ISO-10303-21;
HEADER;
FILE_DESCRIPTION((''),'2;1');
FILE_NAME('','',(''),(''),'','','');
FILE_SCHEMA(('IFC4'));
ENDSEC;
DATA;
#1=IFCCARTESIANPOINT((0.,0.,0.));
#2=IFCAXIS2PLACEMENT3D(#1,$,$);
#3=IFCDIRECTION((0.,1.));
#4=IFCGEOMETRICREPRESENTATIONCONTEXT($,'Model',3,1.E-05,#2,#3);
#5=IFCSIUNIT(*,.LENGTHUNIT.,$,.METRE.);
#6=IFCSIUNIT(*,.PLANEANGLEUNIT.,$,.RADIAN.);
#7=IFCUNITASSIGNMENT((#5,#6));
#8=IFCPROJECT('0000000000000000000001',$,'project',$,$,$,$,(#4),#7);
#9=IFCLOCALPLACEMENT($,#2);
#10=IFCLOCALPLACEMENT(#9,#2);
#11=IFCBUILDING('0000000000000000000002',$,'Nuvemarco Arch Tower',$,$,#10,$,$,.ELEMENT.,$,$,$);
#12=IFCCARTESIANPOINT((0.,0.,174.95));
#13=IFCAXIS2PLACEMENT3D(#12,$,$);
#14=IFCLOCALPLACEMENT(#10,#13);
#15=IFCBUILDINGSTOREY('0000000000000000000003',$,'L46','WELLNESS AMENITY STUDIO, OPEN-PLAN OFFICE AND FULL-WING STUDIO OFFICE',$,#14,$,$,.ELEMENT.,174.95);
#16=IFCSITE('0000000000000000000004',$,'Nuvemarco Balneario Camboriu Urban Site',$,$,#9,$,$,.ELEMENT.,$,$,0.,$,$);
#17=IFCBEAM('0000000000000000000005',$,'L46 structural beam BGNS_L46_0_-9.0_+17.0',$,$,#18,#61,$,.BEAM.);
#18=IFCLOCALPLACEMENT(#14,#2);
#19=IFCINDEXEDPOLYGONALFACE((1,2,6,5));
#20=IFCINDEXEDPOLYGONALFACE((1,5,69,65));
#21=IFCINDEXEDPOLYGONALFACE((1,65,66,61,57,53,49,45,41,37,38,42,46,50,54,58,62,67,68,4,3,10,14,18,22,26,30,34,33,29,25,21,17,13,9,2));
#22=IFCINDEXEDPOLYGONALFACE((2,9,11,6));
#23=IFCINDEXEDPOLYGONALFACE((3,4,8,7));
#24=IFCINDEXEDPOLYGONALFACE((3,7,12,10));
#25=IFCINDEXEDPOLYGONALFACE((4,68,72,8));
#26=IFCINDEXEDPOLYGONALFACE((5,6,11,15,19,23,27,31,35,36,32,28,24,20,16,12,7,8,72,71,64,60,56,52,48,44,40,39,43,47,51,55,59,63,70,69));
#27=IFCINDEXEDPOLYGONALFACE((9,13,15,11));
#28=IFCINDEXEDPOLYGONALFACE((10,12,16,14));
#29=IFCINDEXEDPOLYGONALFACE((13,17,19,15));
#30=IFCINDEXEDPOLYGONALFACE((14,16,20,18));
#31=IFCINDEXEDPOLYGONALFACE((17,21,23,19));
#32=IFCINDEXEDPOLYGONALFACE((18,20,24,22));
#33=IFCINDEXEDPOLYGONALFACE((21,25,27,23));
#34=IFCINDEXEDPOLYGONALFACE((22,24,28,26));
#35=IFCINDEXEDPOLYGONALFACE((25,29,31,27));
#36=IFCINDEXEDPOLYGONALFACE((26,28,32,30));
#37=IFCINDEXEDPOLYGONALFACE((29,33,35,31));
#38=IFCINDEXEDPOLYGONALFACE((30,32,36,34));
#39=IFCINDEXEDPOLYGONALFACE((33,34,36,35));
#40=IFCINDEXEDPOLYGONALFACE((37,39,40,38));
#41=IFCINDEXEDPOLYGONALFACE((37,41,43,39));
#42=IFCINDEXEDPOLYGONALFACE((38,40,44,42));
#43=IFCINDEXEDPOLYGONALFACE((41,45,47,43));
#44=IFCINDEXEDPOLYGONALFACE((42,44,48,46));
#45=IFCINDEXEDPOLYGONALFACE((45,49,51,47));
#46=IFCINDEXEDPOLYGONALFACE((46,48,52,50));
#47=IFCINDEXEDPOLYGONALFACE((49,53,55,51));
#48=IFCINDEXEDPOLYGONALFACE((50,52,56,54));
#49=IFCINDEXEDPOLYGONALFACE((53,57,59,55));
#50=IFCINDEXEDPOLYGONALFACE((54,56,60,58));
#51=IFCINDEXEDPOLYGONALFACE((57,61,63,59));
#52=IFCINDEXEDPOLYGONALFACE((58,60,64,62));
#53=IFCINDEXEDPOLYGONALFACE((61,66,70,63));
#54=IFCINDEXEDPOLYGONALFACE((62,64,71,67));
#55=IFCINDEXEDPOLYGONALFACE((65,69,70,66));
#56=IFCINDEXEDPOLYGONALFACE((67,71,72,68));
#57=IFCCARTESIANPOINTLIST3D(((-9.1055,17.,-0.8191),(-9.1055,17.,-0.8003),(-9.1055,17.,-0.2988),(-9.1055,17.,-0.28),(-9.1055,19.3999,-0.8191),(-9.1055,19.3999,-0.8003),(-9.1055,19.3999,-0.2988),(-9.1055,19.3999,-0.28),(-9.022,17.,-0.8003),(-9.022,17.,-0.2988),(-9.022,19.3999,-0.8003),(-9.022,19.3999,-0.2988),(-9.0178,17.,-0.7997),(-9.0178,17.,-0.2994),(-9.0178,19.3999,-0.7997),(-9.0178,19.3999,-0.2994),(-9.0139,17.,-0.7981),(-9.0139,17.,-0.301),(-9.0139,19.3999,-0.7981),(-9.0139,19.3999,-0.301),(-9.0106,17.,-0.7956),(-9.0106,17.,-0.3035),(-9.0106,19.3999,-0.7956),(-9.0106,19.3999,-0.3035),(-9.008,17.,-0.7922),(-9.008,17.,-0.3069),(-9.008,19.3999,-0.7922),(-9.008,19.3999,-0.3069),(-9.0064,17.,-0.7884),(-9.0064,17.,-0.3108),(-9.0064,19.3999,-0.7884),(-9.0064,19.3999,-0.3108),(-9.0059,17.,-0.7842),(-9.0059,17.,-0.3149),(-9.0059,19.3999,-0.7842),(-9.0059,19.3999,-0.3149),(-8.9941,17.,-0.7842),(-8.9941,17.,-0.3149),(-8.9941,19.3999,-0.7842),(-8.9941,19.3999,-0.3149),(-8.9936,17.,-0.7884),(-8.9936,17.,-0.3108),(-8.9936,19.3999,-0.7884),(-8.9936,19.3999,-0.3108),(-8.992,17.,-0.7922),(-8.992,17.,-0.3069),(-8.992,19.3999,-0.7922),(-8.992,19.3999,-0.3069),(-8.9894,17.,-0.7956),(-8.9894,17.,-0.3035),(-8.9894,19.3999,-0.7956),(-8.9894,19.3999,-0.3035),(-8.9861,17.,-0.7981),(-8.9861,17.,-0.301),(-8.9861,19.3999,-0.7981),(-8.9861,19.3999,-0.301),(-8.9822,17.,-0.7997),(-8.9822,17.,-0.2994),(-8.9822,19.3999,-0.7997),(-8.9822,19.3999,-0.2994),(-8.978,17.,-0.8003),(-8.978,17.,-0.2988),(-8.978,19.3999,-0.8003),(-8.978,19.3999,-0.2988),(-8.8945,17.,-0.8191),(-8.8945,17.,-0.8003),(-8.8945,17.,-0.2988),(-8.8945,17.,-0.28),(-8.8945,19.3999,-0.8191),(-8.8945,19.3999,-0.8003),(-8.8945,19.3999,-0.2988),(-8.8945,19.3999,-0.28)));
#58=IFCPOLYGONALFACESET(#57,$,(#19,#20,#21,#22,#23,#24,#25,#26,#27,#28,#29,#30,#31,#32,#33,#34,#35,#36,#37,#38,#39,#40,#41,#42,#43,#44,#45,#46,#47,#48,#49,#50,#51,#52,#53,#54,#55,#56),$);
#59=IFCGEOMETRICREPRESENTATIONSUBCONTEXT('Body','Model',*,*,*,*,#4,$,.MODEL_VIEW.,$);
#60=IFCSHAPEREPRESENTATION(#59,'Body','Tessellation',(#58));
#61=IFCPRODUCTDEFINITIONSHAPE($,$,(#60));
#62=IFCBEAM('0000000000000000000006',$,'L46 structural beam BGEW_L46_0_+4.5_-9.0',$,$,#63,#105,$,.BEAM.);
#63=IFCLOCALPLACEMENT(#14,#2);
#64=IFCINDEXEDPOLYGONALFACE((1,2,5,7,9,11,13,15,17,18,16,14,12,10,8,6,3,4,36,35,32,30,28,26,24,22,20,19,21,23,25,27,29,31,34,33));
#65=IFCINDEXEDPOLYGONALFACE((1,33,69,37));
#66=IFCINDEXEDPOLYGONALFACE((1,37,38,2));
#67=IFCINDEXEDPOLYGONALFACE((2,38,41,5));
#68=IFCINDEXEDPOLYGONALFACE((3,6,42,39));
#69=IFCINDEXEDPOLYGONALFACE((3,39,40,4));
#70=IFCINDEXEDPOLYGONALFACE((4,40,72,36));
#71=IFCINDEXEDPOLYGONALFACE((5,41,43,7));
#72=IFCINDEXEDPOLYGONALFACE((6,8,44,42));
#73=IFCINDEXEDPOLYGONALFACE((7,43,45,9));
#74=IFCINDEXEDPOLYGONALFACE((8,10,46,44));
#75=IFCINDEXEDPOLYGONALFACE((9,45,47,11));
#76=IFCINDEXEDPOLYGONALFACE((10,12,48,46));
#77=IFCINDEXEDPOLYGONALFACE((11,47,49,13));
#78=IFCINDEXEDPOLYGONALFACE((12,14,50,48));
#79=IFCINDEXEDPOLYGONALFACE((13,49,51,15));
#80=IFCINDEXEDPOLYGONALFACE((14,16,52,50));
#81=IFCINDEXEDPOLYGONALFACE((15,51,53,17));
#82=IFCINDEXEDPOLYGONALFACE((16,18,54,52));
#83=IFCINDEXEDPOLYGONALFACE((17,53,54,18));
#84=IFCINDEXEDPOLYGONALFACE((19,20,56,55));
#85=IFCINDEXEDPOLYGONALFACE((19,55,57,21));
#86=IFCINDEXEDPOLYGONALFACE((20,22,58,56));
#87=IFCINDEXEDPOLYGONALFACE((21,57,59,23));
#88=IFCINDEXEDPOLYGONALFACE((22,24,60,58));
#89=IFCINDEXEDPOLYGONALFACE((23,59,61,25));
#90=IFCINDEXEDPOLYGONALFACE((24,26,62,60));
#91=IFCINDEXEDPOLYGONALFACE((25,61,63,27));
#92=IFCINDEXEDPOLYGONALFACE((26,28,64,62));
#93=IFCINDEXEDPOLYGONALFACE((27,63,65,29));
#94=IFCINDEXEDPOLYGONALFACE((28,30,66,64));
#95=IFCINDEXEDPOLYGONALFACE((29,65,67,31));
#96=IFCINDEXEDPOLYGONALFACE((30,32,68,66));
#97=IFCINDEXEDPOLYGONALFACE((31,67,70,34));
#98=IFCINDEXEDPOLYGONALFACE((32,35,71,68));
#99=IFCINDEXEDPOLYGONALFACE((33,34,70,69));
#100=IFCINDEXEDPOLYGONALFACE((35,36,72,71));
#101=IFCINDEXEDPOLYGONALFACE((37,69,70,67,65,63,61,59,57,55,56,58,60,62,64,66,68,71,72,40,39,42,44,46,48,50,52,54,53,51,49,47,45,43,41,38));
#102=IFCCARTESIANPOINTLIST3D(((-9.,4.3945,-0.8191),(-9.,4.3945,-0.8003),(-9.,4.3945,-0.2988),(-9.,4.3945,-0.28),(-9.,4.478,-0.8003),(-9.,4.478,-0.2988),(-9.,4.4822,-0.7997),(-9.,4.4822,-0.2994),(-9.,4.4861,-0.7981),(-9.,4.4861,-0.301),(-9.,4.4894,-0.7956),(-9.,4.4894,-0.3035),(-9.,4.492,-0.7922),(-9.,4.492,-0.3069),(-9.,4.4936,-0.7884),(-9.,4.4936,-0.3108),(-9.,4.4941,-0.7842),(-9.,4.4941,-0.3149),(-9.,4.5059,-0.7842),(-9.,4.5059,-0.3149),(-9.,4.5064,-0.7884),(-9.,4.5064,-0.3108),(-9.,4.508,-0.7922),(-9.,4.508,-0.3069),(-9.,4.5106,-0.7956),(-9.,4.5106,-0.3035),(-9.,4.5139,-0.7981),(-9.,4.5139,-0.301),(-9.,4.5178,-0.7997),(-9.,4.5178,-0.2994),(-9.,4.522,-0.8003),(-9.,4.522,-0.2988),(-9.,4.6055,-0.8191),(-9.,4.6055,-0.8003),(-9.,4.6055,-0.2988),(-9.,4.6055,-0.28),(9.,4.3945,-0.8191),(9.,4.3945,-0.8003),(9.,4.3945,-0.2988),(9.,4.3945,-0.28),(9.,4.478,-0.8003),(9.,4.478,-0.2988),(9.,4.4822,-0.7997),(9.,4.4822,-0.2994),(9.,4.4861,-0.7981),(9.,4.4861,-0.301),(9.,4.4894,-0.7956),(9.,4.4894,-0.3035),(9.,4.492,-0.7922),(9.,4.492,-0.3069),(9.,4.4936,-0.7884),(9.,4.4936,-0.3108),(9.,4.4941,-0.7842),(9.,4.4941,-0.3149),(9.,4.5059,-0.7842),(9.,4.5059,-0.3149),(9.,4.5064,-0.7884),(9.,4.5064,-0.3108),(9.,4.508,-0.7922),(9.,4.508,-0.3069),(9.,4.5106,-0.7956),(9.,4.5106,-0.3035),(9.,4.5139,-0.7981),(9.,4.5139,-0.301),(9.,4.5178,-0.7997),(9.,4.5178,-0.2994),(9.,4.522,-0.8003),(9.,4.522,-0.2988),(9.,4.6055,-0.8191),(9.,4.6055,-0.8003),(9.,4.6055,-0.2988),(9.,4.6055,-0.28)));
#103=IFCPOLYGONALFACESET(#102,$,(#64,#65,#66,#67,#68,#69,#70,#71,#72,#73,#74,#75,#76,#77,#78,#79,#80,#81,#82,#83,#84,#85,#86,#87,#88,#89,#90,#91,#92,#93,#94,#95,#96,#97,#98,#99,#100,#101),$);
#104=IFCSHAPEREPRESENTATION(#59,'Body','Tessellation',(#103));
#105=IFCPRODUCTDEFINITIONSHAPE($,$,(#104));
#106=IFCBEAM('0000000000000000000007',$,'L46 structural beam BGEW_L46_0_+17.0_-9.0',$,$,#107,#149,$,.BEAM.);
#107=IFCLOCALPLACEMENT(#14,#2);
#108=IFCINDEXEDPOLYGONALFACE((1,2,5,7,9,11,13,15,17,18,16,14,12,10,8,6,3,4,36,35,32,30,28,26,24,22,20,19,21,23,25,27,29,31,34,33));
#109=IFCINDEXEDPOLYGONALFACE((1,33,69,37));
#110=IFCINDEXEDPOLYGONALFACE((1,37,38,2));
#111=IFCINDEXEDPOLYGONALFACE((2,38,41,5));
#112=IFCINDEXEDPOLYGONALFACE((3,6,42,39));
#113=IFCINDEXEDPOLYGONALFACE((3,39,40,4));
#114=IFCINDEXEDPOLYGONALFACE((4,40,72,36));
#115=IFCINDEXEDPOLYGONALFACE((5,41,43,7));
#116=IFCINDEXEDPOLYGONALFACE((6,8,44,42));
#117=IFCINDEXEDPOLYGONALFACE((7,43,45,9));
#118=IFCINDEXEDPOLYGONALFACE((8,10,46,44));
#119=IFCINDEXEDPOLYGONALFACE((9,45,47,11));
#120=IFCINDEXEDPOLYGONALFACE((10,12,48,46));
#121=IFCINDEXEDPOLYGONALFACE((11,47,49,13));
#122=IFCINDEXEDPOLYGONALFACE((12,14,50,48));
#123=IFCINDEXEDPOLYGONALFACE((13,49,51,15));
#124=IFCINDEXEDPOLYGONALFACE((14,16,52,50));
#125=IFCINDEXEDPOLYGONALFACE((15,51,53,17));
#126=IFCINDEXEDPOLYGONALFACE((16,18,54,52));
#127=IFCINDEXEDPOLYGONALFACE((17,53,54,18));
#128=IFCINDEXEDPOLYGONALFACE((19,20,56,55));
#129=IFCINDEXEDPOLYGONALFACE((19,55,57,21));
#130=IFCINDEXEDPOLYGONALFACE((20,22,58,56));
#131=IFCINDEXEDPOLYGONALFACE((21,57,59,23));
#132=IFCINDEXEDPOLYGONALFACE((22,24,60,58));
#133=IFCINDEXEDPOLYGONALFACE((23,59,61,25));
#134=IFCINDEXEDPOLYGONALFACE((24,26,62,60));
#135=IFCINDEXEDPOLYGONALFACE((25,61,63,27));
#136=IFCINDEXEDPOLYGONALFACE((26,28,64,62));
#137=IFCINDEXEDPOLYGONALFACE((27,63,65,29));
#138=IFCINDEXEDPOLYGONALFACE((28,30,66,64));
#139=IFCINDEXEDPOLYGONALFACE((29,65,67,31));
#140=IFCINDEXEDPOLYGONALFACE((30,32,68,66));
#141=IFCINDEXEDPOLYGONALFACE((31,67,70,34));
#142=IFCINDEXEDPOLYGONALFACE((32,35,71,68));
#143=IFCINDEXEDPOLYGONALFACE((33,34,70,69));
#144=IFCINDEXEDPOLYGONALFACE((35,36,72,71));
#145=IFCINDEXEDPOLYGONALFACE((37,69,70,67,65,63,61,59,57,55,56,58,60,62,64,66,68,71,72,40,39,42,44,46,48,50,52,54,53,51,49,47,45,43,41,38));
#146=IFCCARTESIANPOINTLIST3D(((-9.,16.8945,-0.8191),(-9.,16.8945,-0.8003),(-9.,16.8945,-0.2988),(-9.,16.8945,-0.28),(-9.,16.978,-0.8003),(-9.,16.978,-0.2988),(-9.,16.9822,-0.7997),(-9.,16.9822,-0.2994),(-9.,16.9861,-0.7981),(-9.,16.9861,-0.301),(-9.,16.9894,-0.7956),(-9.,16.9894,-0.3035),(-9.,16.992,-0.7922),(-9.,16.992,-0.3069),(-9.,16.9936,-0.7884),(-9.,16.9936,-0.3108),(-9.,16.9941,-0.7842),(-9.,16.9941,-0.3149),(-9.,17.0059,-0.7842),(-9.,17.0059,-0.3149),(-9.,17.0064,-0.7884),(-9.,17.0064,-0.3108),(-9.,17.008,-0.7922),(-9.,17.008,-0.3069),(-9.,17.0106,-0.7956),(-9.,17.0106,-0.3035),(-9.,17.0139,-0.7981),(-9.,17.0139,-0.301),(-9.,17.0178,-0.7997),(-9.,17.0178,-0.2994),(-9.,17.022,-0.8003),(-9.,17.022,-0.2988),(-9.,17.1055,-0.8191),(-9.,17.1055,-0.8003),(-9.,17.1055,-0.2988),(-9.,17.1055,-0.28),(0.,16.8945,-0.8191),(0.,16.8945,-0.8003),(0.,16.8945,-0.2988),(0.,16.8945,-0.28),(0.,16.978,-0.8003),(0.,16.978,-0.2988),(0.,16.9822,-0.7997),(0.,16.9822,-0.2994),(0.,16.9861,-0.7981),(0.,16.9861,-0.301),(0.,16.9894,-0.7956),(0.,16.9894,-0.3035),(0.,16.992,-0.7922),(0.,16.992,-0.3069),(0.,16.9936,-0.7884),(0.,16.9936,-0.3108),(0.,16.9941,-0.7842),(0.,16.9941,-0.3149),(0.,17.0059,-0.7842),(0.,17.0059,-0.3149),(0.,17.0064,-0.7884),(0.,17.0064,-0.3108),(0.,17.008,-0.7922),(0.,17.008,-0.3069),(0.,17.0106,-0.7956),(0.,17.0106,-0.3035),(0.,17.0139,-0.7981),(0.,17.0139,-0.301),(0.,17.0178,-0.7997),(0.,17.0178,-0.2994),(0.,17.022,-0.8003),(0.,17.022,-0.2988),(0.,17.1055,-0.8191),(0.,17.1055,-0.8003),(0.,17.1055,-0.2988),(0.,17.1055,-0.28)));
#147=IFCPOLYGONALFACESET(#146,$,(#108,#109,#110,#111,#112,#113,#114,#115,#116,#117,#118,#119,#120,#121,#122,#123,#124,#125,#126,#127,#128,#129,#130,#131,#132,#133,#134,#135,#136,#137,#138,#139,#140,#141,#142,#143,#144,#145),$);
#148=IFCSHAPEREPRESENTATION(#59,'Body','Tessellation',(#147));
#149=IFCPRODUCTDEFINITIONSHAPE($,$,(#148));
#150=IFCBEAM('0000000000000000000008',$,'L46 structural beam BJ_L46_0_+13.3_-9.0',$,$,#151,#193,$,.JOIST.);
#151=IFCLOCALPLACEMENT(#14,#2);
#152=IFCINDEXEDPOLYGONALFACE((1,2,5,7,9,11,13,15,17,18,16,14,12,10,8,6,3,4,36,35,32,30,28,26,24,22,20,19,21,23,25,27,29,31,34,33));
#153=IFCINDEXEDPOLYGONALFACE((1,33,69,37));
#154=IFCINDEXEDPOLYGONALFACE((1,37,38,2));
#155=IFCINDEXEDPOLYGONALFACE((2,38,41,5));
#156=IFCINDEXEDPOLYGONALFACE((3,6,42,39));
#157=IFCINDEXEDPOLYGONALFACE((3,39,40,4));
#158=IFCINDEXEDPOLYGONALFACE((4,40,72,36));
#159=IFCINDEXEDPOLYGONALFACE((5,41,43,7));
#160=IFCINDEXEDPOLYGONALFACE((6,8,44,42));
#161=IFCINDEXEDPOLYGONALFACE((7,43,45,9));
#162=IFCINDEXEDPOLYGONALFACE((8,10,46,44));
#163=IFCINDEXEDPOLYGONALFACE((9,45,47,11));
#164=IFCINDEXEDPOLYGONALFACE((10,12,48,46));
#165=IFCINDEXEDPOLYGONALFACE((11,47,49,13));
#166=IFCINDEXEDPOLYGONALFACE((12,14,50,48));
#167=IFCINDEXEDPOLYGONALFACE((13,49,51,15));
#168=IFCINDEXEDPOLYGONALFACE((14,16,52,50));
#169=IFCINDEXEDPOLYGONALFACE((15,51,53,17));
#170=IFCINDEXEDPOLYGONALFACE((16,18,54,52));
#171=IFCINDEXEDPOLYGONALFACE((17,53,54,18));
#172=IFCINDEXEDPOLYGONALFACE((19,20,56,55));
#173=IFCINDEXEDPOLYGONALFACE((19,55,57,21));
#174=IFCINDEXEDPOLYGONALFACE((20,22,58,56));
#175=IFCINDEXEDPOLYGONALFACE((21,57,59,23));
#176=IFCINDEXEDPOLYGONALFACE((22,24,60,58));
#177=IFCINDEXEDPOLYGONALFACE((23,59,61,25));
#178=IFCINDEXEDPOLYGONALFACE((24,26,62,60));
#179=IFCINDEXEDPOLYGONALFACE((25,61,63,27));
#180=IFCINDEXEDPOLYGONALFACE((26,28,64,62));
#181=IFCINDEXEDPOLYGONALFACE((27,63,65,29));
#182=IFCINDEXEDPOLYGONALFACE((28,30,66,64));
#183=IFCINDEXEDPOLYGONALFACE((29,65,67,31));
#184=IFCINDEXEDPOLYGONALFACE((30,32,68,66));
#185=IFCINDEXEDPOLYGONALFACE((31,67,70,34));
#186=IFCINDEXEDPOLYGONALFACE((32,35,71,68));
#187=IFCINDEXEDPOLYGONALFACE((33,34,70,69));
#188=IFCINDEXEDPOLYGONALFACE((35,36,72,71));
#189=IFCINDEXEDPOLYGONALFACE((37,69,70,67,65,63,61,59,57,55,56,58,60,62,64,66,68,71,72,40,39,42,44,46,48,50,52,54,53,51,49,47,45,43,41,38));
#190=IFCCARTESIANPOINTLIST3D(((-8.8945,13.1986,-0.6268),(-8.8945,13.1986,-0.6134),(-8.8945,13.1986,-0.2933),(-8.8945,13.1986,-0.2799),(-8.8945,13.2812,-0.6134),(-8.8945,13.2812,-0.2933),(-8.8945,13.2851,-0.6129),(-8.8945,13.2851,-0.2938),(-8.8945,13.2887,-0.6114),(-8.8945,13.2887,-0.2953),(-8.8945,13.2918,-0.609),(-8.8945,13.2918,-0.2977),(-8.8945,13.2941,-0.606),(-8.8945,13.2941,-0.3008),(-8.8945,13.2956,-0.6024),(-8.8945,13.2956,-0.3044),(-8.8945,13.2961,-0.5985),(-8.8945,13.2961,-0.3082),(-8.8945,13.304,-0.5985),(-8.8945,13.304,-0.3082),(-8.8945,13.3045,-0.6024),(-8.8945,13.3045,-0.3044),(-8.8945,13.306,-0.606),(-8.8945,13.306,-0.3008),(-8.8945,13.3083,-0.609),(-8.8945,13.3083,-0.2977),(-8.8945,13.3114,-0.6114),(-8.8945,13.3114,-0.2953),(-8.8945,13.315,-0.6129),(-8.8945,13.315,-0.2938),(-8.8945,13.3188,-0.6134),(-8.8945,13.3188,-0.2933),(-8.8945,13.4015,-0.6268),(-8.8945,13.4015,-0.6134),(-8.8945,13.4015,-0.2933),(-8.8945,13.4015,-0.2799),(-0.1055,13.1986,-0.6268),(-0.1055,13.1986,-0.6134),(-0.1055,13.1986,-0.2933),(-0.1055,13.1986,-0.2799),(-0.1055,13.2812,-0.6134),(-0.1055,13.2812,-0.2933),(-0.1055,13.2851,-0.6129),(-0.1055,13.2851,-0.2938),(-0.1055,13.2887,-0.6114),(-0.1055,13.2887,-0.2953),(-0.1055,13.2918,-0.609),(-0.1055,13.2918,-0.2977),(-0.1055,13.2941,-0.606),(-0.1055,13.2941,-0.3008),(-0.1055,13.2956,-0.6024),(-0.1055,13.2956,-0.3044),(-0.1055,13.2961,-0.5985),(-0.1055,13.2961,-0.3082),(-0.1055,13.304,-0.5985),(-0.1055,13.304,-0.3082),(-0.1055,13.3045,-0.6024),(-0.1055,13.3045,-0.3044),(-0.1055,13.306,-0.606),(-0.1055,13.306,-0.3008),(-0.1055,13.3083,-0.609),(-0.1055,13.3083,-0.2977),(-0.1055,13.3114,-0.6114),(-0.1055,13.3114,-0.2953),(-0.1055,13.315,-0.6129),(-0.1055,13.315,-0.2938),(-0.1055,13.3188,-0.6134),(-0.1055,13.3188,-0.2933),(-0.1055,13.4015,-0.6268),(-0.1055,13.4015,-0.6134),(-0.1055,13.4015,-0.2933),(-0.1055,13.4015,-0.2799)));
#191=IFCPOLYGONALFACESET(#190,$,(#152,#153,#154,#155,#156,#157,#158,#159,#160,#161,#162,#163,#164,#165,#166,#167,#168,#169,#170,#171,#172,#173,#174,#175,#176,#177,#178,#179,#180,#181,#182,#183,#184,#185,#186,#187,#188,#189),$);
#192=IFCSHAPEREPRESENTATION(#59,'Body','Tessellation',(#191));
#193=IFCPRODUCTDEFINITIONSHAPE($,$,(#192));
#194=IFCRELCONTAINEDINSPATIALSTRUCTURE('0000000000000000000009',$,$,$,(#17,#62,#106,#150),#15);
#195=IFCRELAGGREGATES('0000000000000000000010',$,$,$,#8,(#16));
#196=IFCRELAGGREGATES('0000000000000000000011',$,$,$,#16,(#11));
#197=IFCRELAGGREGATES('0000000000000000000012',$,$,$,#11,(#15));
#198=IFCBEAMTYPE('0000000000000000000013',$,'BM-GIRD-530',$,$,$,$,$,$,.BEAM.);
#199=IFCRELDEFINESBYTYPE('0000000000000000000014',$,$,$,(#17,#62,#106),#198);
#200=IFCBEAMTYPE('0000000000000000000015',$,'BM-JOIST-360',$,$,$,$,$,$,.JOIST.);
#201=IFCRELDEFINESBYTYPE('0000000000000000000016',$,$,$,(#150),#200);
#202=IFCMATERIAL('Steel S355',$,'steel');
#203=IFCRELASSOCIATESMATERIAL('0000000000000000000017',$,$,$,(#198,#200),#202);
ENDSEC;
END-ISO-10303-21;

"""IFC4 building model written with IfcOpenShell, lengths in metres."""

from ifc_helpers import new_model, si_unit, direction, frame, origin, origin_2d, place, context, subcontext, project, spatial, i_section, extrude, material, material_profile, profile_set, type_object, element, save


model = new_model("IFC4")

# Units and contexts
model_context = context("Model", 3, precision=1e-05, world=origin(), true_north=direction((0.0, 1.0)))
body_context = subcontext(model_context, "Body", "Model", "MODEL_VIEW")
ifc_project = project(units=[si_unit("LENGTHUNIT", "METRE"), si_unit("PLANEANGLEUNIT", "RADIAN")], contexts=[model_context])

# Site, building, storey
site_placement = place(None, origin())
site = spatial("IfcSite", under=ifc_project, at=site_placement, Name="Nuvemarco Balneario Camboriu Urban Site", CompositionType="ELEMENT", RefElevation=0.0)
building_placement = place(site_placement, origin())
building = spatial("IfcBuilding", under=site, at=building_placement, Name="Nuvemarco Arch Tower", CompositionType="ELEMENT")
storey_placement = place(building_placement, frame((0.0, 0.0, 174.95)))
storey = spatial("IfcBuildingStorey", under=building, at=storey_placement, Name="L46", Description="WELLNESS AMENITY STUDIO, OPEN-PLAN OFFICE AND FULL-WING STUDIO OFFICE", CompositionType="ELEMENT", Elevation=174.95)

# Shared definitions
ifc_material_1 = material(Name="Steel S355", Category="steel")

# Beams
ifc_material_profile_1 = material_profile(ifc_material_1, i_section(OverallWidth=0.2109, OverallDepth=0.5391, WebThickness=0.0117, FlangeThickness=0.0188, FilletRadius=0.0161, at=origin_2d()), Name="W530x109")
ifc_profile_set_1 = profile_set([ifc_material_profile_1], Name="Steel S355")
beam_type_1 = type_object("IfcBeamType", Name="BM-GIRD-530", PredefinedType="BEAM", material=ifc_profile_set_1)
beam_1_placement = place(storey_placement, frame((-9.0, 17.0, -0.5496), z_axis=(0.0, 1.0, 0.0), x_axis=(-1.0, 0.0, 0.0)))
element("IfcBeam", 1, at=beam_1_placement, inside=storey, type_object=beam_type_1, Name="L46 structural beam BGNS_L46_0_-9.0_+17.0", PredefinedType="BEAM", context=body_context, shape_type="SweptSolid", body=[
    extrude(i_section(OverallWidth=0.2109, OverallDepth=0.5391, WebThickness=0.0117, FlangeThickness=0.0188, FilletRadius=0.0161, at=origin_2d()), origin(), (0.0, 0.0, 1.0), 2.3999),
])
beam_2_placement = place(storey_placement, frame((-9.0, 4.5, -0.5496), z_axis=(1.0, 0.0, 0.0), x_axis=(0.0, 1.0, 0.0)))
element("IfcBeam", 2, at=beam_2_placement, inside=storey, type_object=beam_type_1, Name="L46 structural beam BGEW_L46_0_+4.5_-9.0", PredefinedType="BEAM", context=body_context, shape_type="SweptSolid", body=[
    extrude(i_section(OverallWidth=0.2109, OverallDepth=0.5391, WebThickness=0.0117, FlangeThickness=0.0188, FilletRadius=0.0161, at=origin_2d()), origin(), (0.0, 0.0, 1.0), 18.0),
])
beam_3_placement = place(storey_placement, frame((-9.0, 17.0, -0.5496), z_axis=(1.0, 0.0, 0.0), x_axis=(0.0, 1.0, 0.0)))
element("IfcBeam", 3, at=beam_3_placement, inside=storey, type_object=beam_type_1, Name="L46 structural beam BGEW_L46_0_+17.0_-9.0", PredefinedType="BEAM", context=body_context, shape_type="SweptSolid", body=[
    extrude(i_section(OverallWidth=0.2109, OverallDepth=0.5391, WebThickness=0.0117, FlangeThickness=0.0188, FilletRadius=0.0161, at=origin_2d()), origin(), (0.0, 0.0, 1.0), 9.0),
])
ifc_material_profile_2 = material_profile(ifc_material_1, i_section(OverallWidth=0.2029, OverallDepth=0.3469, WebThickness=0.0078, FlangeThickness=0.0134, FilletRadius=0.0149, at=origin_2d()), Name="W360x64")
ifc_profile_set_2 = profile_set([ifc_material_profile_2], Name="Steel S355")
beam_type_2 = type_object("IfcBeamType", Name="BM-JOIST-360", PredefinedType="JOIST", material=ifc_profile_set_2)
beam_4_placement = place(storey_placement, frame((-8.8945, 13.3, -0.4534), z_axis=(1.0, 0.0, 0.0), x_axis=(0.0, 1.0, 0.0)))
element("IfcBeam", 4, at=beam_4_placement, inside=storey, type_object=beam_type_2, Name="L46 structural beam BJ_L46_0_+13.3_-9.0", PredefinedType="JOIST", context=body_context, shape_type="SweptSolid", body=[
    extrude(i_section(OverallWidth=0.2029, OverallDepth=0.3469, WebThickness=0.0078, FlangeThickness=0.0134, FilletRadius=0.0149, at=origin_2d()), origin(), (0.0, 0.0, 1.0), 8.7891),
])

save(model, "model.ifc")
